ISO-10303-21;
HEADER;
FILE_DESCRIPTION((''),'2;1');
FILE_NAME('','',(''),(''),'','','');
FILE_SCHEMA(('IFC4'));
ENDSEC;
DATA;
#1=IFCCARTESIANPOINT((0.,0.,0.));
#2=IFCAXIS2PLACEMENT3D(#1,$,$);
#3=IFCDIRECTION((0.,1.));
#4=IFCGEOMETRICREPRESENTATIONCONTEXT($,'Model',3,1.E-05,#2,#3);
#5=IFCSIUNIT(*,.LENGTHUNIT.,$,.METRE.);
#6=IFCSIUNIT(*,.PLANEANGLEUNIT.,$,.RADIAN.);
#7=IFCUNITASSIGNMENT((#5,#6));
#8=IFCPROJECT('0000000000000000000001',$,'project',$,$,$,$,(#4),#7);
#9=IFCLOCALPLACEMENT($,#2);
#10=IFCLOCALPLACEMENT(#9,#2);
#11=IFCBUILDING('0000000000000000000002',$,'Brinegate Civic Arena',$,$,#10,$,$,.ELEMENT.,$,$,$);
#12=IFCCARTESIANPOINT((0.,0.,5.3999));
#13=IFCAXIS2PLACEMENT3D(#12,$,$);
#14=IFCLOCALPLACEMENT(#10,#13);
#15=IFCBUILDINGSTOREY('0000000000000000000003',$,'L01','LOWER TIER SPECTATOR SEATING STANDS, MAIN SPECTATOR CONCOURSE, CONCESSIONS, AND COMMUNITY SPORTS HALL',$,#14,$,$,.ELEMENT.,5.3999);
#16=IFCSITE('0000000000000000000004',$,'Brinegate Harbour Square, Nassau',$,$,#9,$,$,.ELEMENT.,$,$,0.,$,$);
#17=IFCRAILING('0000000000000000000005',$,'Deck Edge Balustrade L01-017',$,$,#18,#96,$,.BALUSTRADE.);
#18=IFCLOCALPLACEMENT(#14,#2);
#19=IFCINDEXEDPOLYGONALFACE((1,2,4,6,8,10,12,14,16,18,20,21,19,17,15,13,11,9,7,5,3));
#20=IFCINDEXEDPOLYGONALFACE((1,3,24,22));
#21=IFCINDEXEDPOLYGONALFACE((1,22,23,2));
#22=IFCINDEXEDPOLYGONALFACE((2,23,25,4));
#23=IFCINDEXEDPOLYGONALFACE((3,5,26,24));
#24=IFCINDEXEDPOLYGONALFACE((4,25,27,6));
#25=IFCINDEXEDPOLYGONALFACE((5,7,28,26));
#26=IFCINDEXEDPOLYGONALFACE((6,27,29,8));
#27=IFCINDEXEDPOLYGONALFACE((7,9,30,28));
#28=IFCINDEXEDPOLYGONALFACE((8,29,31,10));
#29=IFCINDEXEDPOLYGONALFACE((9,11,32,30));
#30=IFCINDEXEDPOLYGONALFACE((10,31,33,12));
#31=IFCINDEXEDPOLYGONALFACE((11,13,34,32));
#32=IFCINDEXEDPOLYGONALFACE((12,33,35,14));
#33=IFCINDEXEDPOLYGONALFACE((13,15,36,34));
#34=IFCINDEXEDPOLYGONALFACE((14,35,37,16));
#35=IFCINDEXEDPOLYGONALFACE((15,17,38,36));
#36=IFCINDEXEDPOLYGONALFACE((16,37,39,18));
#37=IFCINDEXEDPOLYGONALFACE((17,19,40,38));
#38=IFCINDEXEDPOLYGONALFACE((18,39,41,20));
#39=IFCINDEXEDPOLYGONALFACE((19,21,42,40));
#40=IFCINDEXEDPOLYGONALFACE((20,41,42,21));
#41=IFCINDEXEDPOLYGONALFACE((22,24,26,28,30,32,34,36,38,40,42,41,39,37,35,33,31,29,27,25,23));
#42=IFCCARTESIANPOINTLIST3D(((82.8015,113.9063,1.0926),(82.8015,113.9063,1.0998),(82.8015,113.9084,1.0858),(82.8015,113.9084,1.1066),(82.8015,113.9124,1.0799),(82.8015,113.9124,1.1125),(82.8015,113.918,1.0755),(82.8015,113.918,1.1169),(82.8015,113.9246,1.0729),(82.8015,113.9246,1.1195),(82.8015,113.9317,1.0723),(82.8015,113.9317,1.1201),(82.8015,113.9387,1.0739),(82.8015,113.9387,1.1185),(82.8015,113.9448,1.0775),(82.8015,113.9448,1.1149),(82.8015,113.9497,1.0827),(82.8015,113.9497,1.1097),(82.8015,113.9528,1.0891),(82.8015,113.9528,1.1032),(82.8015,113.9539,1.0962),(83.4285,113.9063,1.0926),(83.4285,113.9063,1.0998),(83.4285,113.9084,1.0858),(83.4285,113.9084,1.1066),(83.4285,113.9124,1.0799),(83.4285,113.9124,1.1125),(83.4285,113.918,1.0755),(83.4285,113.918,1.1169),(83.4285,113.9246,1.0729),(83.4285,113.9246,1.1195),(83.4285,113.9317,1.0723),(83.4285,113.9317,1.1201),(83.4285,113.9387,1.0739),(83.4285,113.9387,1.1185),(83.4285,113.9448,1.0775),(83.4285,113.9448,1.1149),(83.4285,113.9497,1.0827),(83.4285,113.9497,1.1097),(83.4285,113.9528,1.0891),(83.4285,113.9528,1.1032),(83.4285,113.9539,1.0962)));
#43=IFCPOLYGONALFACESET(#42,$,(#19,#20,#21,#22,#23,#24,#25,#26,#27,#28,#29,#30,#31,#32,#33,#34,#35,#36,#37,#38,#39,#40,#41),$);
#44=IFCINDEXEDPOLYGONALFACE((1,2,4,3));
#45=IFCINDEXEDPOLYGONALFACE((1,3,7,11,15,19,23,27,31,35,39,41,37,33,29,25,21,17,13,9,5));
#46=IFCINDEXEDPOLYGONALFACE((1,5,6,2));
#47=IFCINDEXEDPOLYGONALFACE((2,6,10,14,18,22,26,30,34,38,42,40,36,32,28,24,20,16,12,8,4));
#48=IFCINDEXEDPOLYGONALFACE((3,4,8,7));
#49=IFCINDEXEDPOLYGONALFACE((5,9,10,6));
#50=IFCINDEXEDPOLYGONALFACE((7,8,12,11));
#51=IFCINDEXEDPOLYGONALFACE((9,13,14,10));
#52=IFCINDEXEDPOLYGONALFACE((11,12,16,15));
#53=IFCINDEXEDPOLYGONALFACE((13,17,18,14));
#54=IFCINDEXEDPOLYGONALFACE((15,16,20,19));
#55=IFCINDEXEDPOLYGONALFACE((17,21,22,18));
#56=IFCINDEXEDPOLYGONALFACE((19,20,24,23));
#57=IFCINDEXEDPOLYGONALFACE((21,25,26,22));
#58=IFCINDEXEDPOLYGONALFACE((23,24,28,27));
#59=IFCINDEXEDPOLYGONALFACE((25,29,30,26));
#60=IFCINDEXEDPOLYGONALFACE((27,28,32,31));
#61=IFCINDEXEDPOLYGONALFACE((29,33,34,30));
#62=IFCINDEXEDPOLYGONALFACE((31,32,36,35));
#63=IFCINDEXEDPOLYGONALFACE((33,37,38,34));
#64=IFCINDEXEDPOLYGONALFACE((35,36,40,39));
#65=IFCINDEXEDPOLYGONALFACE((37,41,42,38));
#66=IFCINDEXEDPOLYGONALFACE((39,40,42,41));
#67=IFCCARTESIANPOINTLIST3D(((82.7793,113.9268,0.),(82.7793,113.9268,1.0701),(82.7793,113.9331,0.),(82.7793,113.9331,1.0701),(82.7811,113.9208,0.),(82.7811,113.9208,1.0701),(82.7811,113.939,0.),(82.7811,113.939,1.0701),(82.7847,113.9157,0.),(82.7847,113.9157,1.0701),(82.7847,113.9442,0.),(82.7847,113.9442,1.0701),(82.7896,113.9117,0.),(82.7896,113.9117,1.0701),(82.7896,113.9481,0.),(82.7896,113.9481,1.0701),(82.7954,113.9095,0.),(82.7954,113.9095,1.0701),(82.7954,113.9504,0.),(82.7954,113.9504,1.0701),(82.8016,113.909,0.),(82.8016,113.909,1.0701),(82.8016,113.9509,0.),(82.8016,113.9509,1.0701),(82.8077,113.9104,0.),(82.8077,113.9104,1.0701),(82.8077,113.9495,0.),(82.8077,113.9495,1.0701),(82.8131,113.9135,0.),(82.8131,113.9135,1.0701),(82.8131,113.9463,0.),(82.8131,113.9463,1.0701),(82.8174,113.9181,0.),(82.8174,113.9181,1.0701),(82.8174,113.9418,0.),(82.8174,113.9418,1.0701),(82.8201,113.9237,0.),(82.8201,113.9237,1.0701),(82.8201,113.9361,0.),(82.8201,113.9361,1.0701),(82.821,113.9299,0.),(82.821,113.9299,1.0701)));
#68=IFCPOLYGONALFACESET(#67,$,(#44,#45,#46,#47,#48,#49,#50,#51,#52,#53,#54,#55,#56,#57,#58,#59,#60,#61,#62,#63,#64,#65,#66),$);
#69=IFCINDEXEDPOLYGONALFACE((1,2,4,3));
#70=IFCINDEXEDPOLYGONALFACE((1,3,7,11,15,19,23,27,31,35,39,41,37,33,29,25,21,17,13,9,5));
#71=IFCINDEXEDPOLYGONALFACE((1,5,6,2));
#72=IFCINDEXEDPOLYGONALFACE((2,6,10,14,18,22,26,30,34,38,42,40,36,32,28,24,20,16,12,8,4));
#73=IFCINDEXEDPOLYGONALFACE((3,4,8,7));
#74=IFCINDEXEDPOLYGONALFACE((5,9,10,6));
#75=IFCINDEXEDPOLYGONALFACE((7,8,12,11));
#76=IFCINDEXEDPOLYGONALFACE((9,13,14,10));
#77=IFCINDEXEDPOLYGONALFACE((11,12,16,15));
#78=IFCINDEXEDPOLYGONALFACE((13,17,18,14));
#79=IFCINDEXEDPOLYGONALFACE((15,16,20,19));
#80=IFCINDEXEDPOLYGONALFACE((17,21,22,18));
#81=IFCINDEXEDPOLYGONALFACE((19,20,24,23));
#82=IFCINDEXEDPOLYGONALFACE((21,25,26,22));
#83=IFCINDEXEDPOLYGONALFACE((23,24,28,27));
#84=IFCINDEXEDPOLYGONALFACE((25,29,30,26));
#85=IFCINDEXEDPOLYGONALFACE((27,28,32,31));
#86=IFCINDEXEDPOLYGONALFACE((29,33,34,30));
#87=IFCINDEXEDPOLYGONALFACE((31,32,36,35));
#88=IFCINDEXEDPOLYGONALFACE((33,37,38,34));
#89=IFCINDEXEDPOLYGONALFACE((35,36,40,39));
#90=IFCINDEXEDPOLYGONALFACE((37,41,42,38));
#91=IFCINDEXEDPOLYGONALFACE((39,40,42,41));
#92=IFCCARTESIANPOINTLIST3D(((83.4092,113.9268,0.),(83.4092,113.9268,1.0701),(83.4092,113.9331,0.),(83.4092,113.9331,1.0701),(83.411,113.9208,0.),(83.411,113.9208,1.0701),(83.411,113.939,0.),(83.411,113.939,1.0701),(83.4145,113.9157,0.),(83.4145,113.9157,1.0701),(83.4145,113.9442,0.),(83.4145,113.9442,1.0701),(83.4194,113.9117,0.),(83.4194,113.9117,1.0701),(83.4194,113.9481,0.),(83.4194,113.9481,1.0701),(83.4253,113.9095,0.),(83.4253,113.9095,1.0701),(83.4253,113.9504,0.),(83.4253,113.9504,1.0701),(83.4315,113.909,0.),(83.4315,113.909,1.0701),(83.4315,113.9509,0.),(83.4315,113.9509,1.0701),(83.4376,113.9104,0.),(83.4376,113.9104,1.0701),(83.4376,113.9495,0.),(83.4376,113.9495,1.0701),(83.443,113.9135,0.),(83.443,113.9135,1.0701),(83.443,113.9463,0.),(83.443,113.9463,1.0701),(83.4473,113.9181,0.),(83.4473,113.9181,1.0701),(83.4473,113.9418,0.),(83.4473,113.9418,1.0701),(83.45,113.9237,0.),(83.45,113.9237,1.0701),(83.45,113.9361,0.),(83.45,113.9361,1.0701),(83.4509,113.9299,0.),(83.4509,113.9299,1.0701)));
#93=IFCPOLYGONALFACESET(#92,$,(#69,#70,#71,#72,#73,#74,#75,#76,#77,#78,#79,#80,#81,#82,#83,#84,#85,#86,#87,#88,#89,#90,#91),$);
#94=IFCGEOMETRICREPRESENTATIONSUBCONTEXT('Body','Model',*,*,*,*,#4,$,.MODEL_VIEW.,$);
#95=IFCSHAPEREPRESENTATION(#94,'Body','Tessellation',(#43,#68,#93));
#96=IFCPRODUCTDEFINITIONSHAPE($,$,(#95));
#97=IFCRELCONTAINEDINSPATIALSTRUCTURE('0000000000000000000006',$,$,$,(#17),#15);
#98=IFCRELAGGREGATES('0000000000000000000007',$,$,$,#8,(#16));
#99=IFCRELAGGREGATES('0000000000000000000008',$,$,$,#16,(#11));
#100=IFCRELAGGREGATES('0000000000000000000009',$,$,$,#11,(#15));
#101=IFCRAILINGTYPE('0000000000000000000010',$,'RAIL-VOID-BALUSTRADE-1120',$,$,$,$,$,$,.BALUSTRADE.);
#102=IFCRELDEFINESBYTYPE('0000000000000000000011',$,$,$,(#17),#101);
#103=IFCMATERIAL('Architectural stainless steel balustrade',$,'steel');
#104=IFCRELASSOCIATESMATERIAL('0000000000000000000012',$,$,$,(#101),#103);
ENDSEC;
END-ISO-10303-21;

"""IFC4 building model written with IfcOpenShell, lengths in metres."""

from ifc_helpers import new_model, si_unit, direction, frame, origin, origin_2d, place, context, subcontext, project, spatial, circle, extrude, material, type_object, element, save


model = new_model("IFC4")

# Units and contexts
model_context = context("Model", 3, precision=1e-05, world=origin(), true_north=direction((0.0, 1.0)))
body_context = subcontext(model_context, "Body", "Model", "MODEL_VIEW")
ifc_project = project(units=[si_unit("LENGTHUNIT", "METRE"), si_unit("PLANEANGLEUNIT", "RADIAN")], contexts=[model_context])

# Site, building, storey
site_placement = place(None, origin())
site = spatial("IfcSite", under=ifc_project, at=site_placement, Name="Brinegate Harbour Square, Nassau", CompositionType="ELEMENT", RefElevation=0.0)
building_placement = place(site_placement, origin())
building = spatial("IfcBuilding", under=site, at=building_placement, Name="Brinegate Civic Arena", CompositionType="ELEMENT")
storey_placement = place(building_placement, frame((0.0, 0.0, 5.3999)))
storey = spatial("IfcBuildingStorey", under=building, at=storey_placement, Name="L01", Description="LOWER TIER SPECTATOR SEATING STANDS, MAIN SPECTATOR CONCOURSE, CONCESSIONS, AND COMMUNITY SPORTS HALL", CompositionType="ELEMENT", Elevation=5.3999)

# Railing
ifc_material_1 = material(Name="Architectural stainless steel balustrade", Category="steel")
railing_type_1 = type_object("IfcRailingType", Name="RAIL-VOID-BALUSTRADE-1120", PredefinedType="BALUSTRADE", material=ifc_material_1)
railing_placement = place(storey_placement, frame((82.8, 113.9299, 0.0)))
element("IfcRailing", 1, at=railing_placement, inside=storey, type_object=railing_type_1, Name="Deck Edge Balustrade L01-017", PredefinedType="BALUSTRADE", context=body_context, shape_type="SweptSolid", body=[
    extrude(circle(Radius=0.0239, at=origin_2d()), frame((0.0015, 0.0, 1.0962), z_axis=(1.0, 0.0, 0.0), x_axis=(0.0, 1.0, 0.0)), (0.0, 0.0, 1.0), 0.627),
    extrude(circle(Radius=0.021, at=origin_2d()), origin(), (0.0, 0.0, 1.0), 1.0701),
    extrude(circle(Radius=0.021, at=origin_2d()), frame((0.6299, 0.0, 0.0)), (0.0, 0.0, 1.0), 1.0701),
])

save(model, "model.ifc")
